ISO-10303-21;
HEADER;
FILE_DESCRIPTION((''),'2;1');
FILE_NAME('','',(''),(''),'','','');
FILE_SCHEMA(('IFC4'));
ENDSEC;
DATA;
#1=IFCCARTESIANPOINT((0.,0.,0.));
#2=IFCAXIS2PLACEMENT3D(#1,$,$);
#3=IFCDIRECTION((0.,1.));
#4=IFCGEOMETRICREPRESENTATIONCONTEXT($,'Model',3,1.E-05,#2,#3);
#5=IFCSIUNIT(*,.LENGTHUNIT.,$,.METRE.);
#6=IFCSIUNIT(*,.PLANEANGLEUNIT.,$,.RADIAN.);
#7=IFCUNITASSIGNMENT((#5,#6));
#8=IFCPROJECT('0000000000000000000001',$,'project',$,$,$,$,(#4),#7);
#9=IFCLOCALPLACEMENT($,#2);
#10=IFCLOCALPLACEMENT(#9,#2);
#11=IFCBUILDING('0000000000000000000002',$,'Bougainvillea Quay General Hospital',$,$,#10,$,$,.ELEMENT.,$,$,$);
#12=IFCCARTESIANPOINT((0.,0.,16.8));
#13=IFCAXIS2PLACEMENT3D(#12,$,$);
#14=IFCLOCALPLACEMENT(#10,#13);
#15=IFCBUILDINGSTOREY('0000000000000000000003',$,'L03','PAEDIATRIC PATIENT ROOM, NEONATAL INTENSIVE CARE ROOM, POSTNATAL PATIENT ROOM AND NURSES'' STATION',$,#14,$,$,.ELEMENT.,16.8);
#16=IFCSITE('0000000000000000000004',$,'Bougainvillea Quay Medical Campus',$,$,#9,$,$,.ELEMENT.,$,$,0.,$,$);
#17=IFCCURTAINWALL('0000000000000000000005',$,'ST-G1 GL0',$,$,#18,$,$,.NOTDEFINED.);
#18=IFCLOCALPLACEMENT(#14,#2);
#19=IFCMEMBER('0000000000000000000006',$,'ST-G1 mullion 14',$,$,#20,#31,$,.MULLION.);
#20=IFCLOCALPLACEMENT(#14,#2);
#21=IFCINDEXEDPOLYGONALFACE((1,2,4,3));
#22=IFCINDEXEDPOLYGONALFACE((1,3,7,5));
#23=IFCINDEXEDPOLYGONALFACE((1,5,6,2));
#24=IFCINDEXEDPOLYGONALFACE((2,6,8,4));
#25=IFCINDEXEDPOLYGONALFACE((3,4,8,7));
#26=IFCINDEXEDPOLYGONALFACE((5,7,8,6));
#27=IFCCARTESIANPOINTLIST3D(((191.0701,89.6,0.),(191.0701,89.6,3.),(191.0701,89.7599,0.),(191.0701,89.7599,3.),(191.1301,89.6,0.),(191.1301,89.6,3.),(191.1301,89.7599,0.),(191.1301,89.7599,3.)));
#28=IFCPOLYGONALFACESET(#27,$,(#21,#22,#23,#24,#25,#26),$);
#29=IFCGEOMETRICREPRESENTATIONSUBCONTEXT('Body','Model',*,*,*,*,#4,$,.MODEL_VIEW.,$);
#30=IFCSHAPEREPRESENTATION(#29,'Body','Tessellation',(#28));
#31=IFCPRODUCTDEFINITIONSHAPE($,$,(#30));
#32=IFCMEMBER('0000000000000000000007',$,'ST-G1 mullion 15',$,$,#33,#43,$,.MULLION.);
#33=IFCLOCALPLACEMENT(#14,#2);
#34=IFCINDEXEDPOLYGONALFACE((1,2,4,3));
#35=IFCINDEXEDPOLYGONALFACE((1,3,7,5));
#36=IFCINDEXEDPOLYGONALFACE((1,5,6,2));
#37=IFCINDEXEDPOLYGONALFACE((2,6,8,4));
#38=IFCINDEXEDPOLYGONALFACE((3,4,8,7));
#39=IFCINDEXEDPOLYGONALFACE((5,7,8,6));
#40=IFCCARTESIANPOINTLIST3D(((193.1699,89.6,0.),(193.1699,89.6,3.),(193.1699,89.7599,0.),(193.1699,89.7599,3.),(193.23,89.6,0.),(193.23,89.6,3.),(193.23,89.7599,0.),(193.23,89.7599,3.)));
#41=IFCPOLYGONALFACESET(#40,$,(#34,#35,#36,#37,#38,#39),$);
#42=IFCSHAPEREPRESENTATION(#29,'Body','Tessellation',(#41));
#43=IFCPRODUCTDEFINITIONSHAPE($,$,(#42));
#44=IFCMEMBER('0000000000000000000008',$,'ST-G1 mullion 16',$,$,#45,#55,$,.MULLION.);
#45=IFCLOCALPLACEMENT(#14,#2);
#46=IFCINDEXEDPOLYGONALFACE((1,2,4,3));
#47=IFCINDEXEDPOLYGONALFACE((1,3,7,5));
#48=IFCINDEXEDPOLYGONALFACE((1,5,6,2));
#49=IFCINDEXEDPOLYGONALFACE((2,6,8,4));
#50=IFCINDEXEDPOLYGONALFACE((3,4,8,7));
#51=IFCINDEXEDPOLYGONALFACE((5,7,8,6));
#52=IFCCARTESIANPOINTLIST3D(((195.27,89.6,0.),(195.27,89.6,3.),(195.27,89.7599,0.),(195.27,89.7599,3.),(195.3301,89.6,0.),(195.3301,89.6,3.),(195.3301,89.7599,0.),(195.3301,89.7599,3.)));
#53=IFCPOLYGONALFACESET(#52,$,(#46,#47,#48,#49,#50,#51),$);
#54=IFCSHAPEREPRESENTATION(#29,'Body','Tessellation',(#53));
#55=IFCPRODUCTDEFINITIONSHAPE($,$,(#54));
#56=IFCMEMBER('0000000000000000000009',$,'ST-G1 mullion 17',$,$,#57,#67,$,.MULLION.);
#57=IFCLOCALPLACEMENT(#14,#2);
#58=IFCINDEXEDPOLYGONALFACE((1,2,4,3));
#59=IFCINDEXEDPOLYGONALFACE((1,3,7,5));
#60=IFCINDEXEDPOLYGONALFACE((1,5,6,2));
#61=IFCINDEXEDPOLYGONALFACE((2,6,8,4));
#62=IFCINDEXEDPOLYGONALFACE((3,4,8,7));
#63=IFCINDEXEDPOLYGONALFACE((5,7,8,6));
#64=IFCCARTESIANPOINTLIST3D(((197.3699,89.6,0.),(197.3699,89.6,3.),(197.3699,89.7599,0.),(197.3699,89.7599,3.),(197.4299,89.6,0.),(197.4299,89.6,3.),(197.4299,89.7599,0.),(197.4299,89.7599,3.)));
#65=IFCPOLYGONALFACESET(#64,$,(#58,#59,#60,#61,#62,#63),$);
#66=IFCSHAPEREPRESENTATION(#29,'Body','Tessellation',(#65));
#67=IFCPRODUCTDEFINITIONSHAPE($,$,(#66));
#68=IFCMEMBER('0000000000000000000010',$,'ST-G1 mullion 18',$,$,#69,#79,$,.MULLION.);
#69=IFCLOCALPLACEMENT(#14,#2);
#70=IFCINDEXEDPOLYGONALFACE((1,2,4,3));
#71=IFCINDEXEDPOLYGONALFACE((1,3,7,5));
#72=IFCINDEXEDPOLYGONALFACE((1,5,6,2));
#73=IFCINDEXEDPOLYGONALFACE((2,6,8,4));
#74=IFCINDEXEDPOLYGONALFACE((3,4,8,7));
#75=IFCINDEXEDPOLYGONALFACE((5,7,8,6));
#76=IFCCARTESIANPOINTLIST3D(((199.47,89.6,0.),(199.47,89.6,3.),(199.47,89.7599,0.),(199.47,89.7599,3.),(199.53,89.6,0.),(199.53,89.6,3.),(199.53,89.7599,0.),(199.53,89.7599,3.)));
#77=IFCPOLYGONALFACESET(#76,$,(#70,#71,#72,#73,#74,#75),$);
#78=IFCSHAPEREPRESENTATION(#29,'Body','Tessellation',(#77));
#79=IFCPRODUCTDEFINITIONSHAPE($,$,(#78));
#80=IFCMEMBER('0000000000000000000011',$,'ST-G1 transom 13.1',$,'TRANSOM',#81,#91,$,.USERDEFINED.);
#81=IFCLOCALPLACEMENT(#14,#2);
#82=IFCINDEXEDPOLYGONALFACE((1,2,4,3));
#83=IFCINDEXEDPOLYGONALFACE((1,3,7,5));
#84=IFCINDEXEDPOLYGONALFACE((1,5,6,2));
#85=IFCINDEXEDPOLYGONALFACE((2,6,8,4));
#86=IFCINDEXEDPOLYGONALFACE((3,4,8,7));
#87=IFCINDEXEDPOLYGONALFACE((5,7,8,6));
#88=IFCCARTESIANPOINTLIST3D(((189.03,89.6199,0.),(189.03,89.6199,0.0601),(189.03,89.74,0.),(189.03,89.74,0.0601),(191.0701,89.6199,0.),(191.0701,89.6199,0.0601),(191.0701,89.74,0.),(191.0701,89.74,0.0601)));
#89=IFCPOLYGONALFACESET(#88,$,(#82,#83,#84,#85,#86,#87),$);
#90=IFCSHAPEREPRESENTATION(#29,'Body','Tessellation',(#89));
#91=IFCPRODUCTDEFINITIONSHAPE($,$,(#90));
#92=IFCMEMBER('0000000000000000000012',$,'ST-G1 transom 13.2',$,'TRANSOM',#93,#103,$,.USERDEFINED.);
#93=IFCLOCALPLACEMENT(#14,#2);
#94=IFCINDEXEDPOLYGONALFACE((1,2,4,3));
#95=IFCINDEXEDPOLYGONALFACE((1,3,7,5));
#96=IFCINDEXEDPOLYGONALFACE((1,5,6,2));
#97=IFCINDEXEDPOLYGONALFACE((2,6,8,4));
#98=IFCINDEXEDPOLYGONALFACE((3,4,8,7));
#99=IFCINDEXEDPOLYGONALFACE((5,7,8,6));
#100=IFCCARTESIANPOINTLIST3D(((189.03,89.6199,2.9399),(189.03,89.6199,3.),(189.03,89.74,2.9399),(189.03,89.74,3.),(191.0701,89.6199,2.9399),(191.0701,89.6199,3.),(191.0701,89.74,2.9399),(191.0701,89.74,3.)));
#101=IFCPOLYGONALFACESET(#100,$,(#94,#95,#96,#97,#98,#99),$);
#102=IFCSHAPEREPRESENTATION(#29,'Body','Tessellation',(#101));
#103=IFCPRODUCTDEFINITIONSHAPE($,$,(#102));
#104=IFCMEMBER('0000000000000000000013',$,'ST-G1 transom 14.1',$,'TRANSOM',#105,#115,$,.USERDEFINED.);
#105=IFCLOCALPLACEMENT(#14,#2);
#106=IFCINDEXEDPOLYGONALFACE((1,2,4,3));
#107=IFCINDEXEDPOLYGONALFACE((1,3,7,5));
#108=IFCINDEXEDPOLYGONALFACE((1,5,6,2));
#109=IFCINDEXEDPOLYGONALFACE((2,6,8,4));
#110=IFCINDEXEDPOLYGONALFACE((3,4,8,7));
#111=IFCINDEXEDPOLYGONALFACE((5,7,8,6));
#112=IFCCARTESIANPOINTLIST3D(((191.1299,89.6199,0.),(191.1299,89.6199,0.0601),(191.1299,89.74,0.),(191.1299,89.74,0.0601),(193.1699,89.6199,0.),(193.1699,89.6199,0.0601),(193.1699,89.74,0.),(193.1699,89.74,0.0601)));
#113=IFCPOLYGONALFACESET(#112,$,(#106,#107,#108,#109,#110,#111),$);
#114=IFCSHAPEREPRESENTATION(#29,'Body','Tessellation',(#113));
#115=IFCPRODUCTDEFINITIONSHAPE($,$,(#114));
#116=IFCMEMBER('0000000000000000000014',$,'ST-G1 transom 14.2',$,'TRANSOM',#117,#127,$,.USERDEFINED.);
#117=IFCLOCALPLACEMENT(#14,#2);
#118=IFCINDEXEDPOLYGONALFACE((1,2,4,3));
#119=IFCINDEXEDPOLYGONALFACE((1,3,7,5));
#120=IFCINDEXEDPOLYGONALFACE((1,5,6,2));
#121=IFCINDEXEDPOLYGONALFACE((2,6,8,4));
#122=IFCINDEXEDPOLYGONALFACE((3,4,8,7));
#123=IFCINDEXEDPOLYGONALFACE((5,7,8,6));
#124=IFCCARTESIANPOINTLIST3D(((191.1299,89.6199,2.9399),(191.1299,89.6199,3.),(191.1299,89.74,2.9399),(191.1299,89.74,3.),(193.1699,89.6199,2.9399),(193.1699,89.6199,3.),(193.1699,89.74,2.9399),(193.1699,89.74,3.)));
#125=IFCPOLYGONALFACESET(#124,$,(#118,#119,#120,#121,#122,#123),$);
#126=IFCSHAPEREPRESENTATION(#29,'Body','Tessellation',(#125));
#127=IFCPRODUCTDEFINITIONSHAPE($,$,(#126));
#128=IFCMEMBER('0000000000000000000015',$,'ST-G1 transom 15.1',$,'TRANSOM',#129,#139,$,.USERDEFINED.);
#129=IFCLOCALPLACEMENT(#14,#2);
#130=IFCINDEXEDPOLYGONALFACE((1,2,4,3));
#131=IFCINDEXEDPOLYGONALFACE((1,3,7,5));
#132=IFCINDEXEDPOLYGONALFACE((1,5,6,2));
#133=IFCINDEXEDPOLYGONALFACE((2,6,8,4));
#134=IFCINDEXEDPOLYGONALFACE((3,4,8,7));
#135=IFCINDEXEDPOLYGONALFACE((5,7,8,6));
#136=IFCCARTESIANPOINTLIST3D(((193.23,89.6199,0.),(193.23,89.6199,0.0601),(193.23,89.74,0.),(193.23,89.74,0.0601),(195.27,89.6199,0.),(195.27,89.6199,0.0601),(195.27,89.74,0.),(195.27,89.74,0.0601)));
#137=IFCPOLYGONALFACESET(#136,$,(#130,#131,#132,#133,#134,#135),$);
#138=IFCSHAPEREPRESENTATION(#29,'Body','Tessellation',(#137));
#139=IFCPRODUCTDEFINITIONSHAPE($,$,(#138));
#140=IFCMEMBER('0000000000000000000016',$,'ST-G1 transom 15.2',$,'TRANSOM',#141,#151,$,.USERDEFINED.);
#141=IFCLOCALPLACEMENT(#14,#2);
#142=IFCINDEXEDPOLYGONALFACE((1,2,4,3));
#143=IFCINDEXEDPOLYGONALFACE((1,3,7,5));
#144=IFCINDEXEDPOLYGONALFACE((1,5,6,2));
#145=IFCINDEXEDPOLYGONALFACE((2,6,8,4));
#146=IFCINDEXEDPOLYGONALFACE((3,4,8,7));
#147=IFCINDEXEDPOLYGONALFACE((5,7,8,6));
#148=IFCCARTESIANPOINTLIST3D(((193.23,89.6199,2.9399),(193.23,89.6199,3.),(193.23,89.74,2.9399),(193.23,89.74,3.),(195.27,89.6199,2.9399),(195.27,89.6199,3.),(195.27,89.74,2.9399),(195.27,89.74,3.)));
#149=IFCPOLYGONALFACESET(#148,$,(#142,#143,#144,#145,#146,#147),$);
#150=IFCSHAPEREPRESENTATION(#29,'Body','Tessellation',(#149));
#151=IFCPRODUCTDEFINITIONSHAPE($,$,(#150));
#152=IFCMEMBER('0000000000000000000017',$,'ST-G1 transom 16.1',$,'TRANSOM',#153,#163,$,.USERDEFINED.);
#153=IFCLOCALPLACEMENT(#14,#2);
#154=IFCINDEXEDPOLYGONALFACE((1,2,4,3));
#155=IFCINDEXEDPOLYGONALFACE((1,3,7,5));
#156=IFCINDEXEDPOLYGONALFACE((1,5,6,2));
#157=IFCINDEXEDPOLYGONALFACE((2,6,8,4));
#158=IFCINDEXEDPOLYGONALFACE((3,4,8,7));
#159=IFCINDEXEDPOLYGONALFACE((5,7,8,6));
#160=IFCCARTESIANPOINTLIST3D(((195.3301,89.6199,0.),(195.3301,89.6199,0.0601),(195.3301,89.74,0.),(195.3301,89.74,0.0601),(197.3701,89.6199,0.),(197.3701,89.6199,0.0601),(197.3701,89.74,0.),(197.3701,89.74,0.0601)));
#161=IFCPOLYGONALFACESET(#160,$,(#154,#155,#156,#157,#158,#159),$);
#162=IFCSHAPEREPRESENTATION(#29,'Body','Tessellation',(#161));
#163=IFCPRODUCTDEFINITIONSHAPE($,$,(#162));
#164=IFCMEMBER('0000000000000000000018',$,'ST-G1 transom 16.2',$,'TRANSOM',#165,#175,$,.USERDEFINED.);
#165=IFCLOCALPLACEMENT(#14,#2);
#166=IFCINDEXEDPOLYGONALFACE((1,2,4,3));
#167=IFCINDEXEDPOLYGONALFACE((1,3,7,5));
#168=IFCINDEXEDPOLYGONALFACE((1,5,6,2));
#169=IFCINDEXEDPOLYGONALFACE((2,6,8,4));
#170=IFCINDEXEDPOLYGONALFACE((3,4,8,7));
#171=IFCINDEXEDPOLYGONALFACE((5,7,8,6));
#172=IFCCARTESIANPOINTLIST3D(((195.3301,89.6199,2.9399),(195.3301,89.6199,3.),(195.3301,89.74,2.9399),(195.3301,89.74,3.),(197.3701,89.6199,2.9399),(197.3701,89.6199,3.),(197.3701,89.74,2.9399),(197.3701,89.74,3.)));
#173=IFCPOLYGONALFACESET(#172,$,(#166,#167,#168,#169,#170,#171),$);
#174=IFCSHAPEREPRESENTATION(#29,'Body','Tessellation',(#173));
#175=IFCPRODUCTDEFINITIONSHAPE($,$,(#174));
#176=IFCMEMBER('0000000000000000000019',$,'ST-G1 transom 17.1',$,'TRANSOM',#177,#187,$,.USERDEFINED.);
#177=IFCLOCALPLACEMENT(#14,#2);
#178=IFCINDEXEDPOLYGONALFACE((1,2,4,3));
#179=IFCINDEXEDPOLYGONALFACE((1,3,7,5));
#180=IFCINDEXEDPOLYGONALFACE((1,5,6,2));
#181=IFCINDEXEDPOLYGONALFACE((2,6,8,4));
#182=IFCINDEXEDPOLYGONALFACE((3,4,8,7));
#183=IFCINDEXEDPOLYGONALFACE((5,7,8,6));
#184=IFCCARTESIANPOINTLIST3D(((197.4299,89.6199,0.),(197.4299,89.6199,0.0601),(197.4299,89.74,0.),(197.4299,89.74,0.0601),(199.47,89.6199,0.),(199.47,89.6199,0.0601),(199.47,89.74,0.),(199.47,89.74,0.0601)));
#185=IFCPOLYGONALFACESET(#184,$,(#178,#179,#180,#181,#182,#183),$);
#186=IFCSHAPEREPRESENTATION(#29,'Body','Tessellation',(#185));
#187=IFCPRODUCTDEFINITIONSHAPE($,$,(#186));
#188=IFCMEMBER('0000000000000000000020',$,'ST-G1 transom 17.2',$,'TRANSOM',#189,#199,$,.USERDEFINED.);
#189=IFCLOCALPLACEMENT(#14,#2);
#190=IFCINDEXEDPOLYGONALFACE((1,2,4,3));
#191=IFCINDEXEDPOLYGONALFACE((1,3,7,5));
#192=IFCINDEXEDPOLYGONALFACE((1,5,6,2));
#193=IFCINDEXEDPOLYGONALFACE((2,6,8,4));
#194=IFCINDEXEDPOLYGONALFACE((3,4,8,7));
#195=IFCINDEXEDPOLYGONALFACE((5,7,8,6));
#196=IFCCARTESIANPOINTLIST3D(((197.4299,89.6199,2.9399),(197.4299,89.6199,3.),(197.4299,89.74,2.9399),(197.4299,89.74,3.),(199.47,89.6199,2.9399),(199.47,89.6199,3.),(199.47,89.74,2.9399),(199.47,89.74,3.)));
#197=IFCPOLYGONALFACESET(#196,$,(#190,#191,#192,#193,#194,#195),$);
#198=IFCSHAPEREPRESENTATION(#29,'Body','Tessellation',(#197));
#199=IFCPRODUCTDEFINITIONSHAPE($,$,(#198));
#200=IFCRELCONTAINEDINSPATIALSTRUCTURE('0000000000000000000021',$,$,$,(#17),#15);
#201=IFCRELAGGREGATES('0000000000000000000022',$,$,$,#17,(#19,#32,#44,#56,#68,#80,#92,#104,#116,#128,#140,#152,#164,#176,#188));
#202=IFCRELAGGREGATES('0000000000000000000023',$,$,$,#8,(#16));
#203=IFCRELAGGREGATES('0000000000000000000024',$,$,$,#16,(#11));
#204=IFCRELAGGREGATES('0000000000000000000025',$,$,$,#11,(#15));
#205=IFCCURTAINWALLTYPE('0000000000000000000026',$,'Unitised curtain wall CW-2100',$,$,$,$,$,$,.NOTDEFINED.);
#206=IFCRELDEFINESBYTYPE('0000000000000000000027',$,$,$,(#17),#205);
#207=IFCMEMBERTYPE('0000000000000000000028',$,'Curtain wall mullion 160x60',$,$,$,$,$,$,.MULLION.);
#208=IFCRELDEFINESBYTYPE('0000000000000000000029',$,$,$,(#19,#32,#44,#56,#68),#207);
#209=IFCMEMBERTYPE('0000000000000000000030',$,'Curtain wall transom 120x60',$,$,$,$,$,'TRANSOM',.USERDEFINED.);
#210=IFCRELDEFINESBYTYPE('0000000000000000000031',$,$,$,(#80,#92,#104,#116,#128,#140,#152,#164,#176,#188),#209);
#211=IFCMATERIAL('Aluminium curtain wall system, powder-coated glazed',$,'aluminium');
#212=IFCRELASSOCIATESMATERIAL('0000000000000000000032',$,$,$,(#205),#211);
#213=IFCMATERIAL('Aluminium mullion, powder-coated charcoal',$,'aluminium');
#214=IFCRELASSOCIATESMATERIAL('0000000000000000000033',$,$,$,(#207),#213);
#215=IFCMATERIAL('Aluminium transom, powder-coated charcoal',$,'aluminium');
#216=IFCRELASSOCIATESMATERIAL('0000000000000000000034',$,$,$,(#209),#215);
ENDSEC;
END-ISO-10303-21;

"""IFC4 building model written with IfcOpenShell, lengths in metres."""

from ifc_helpers import new_model, si_unit, direction, frame, origin, origin_2d, place, context, subcontext, project, spatial, rectangle, extrude, material, material_profile, profile_set, type_object, element, aggregate, save


model = new_model("IFC4")

# Units and contexts
model_context = context("Model", 3, precision=1e-05, world=origin(), true_north=direction((0.0, 1.0)))
body_context = subcontext(model_context, "Body", "Model", "MODEL_VIEW")
ifc_project = project(units=[si_unit("LENGTHUNIT", "METRE"), si_unit("PLANEANGLEUNIT", "RADIAN")], contexts=[model_context])

# Site, building, storey
site_placement = place(None, origin())
site = spatial("IfcSite", under=ifc_project, at=site_placement, Name="Bougainvillea Quay Medical Campus", CompositionType="ELEMENT", RefElevation=0.0)
building_placement = place(site_placement, origin())
building = spatial("IfcBuilding", under=site, at=building_placement, Name="Bougainvillea Quay General Hospital", CompositionType="ELEMENT")
storey_placement = place(building_placement, frame((0.0, 0.0, 16.8)))
storey = spatial("IfcBuildingStorey", under=building, at=storey_placement, Name="L03", Description="PAEDIATRIC PATIENT ROOM, NEONATAL INTENSIVE CARE ROOM, POSTNATAL PATIENT ROOM AND NURSES' STATION", CompositionType="ELEMENT", Elevation=16.8)

# Curtain wall, members
ifc_material_1 = material(Name="Aluminium curtain wall system, powder-coated glazed", Category="aluminium")
curtain_wall_type = type_object("IfcCurtainWallType", Name="Unitised curtain wall CW-2100", PredefinedType="NOTDEFINED", material=ifc_material_1)
curtain_wall_placement = place(storey_placement, origin())
curtain_wall = element("IfcCurtainWall", 1, at=curtain_wall_placement, inside=storey, type_object=curtain_wall_type, Name="ST-G1 GL0", PredefinedType="NOTDEFINED")
ifc_material_2 = material(Name="Aluminium mullion, powder-coated charcoal", Category="aluminium")
ifc_material_profile_1 = material_profile(ifc_material_2, rectangle(XDim=0.1599, YDim=0.0601, at=origin_2d()))
ifc_profile_set_1 = profile_set([ifc_material_profile_1], Name="Aluminium mullion, powder-coated charcoal")
member_type_1 = type_object("IfcMemberType", Name="Curtain wall mullion 160x60", PredefinedType="MULLION", material=ifc_profile_set_1)
member_1_placement = place(storey_placement, frame((191.1001, 89.6799, 0.0), z_axis=(0.0, 0.0, 1.0), x_axis=(0.0, 1.0, 0.0)))
member_1 = element("IfcMember", 2, at=member_1_placement, type_object=member_type_1, Name="ST-G1 mullion 14", PredefinedType="MULLION", context=body_context, shape_type="SweptSolid", body=[
    extrude(rectangle(XDim=0.1599, YDim=0.0601, at=origin_2d()), origin(), (0.0, 0.0, 1.0), 3.0),
])
member_2_placement = place(storey_placement, frame((193.2, 89.6799, 0.0), z_axis=(0.0, 0.0, 1.0), x_axis=(0.0, 1.0, 0.0)))
member_2 = element("IfcMember", 3, at=member_2_placement, type_object=member_type_1, Name="ST-G1 mullion 15", PredefinedType="MULLION", context=body_context, shape_type="SweptSolid", body=[
    extrude(rectangle(XDim=0.1599, YDim=0.0601, at=origin_2d()), origin(), (0.0, 0.0, 1.0), 3.0),
])
member_3_placement = place(storey_placement, frame((195.3, 89.6799, 0.0), z_axis=(0.0, 0.0, 1.0), x_axis=(0.0, 1.0, 0.0)))
member_3 = element("IfcMember", 4, at=member_3_placement, type_object=member_type_1, Name="ST-G1 mullion 16", PredefinedType="MULLION", context=body_context, shape_type="SweptSolid", body=[
    extrude(rectangle(XDim=0.1599, YDim=0.0601, at=origin_2d()), origin(), (0.0, 0.0, 1.0), 3.0),
])
member_4_placement = place(storey_placement, frame((197.3999, 89.6799, 0.0), z_axis=(0.0, 0.0, 1.0), x_axis=(0.0, 1.0, 0.0)))
member_4 = element("IfcMember", 5, at=member_4_placement, type_object=member_type_1, Name="ST-G1 mullion 17", PredefinedType="MULLION", context=body_context, shape_type="SweptSolid", body=[
    extrude(rectangle(XDim=0.1599, YDim=0.0601, at=origin_2d()), origin(), (0.0, 0.0, 1.0), 3.0),
])
member_5_placement = place(storey_placement, frame((199.5, 89.6799, 0.0), z_axis=(0.0, 0.0, 1.0), x_axis=(0.0, 1.0, 0.0)))
member_5 = element("IfcMember", 6, at=member_5_placement, type_object=member_type_1, Name="ST-G1 mullion 18", PredefinedType="MULLION", context=body_context, shape_type="SweptSolid", body=[
    extrude(rectangle(XDim=0.1599, YDim=0.0601, at=origin_2d()), origin(), (0.0, 0.0, 1.0), 3.0),
])
ifc_material_3 = material(Name="Aluminium transom, powder-coated charcoal", Category="aluminium")
ifc_material_profile_2 = material_profile(ifc_material_3, rectangle(XDim=0.1201, YDim=0.0601, at=origin_2d()))
ifc_profile_set_2 = profile_set([ifc_material_profile_2], Name="Aluminium transom, powder-coated charcoal")
member_type_2 = type_object("IfcMemberType", Name="Curtain wall transom 120x60", ElementType="TRANSOM", PredefinedType="USERDEFINED", material=ifc_profile_set_2)
member_6_placement = place(storey_placement, frame((189.03, 89.6799, 0.03), z_axis=(1.0, 0.0, 0.0), x_axis=(0.0, 1.0, 0.0)))
member_6 = element("IfcMember", 7, at=member_6_placement, type_object=member_type_2, Name="ST-G1 transom 13.1", ObjectType="TRANSOM", PredefinedType="USERDEFINED", context=body_context, shape_type="SweptSolid", body=[
    extrude(rectangle(XDim=0.1201, YDim=0.0601, at=origin_2d()), origin(), (0.0, 0.0, 1.0), 2.04),
])
member_7_placement = place(storey_placement, frame((189.03, 89.6799, 2.97), z_axis=(1.0, 0.0, 0.0), x_axis=(0.0, 1.0, 0.0)))
member_7 = element("IfcMember", 8, at=member_7_placement, type_object=member_type_2, Name="ST-G1 transom 13.2", ObjectType="TRANSOM", PredefinedType="USERDEFINED", context=body_context, shape_type="SweptSolid", body=[
    extrude(rectangle(XDim=0.1201, YDim=0.0601, at=origin_2d()), origin(), (0.0, 0.0, 1.0), 2.04),
])
member_8_placement = place(storey_placement, frame((191.1299, 89.6799, 0.03), z_axis=(1.0, 0.0, 0.0), x_axis=(0.0, 1.0, 0.0)))
member_8 = element("IfcMember", 9, at=member_8_placement, type_object=member_type_2, Name="ST-G1 transom 14.1", ObjectType="TRANSOM", PredefinedType="USERDEFINED", context=body_context, shape_type="SweptSolid", body=[
    extrude(rectangle(XDim=0.1201, YDim=0.0601, at=origin_2d()), origin(), (0.0, 0.0, 1.0), 2.04),
])
member_9_placement = place(storey_placement, frame((191.1299, 89.6799, 2.97), z_axis=(1.0, 0.0, 0.0), x_axis=(0.0, 1.0, 0.0)))
member_9 = element("IfcMember", 10, at=member_9_placement, type_object=member_type_2, Name="ST-G1 transom 14.2", ObjectType="TRANSOM", PredefinedType="USERDEFINED", context=body_context, shape_type="SweptSolid", body=[
    extrude(rectangle(XDim=0.1201, YDim=0.0601, at=origin_2d()), origin(), (0.0, 0.0, 1.0), 2.04),
])
member_10_placement = place(storey_placement, frame((193.23, 89.6799, 0.03), z_axis=(1.0, 0.0, 0.0), x_axis=(0.0, 1.0, 0.0)))
member_10 = element("IfcMember", 11, at=member_10_placement, type_object=member_type_2, Name="ST-G1 transom 15.1", ObjectType="TRANSOM", PredefinedType="USERDEFINED", context=body_context, shape_type="SweptSolid", body=[
    extrude(rectangle(XDim=0.1201, YDim=0.0601, at=origin_2d()), origin(), (0.0, 0.0, 1.0), 2.04),
])
member_11_placement = place(storey_placement, frame((193.23, 89.6799, 2.97), z_axis=(1.0, 0.0, 0.0), x_axis=(0.0, 1.0, 0.0)))
member_11 = element("IfcMember", 12, at=member_11_placement, type_object=member_type_2, Name="ST-G1 transom 15.2", ObjectType="TRANSOM", PredefinedType="USERDEFINED", context=body_context, shape_type="SweptSolid", body=[
    extrude(rectangle(XDim=0.1201, YDim=0.0601, at=origin_2d()), origin(), (0.0, 0.0, 1.0), 2.04),
])
member_12_placement = place(storey_placement, frame((195.3301, 89.6799, 0.03), z_axis=(1.0, 0.0, 0.0), x_axis=(0.0, 1.0, 0.0)))
member_12 = element("IfcMember", 13, at=member_12_placement, type_object=member_type_2, Name="ST-G1 transom 16.1", ObjectType="TRANSOM", PredefinedType="USERDEFINED", context=body_context, shape_type="SweptSolid", body=[
    extrude(rectangle(XDim=0.1201, YDim=0.0601, at=origin_2d()), origin(), (0.0, 0.0, 1.0), 2.04),
])
member_13_placement = place(storey_placement, frame((195.3301, 89.6799, 2.97), z_axis=(1.0, 0.0, 0.0), x_axis=(0.0, 1.0, 0.0)))
member_13 = element("IfcMember", 14, at=member_13_placement, type_object=member_type_2, Name="ST-G1 transom 16.2", ObjectType="TRANSOM", PredefinedType="USERDEFINED", context=body_context, shape_type="SweptSolid", body=[
    extrude(rectangle(XDim=0.1201, YDim=0.0601, at=origin_2d()), origin(), (0.0, 0.0, 1.0), 2.04),
])
member_14_placement = place(storey_placement, frame((197.4299, 89.6799, 0.03), z_axis=(1.0, 0.0, 0.0), x_axis=(0.0, 1.0, 0.0)))
member_14 = element("IfcMember", 15, at=member_14_placement, type_object=member_type_2, Name="ST-G1 transom 17.1", ObjectType="TRANSOM", PredefinedType="USERDEFINED", context=body_context, shape_type="SweptSolid", body=[
    extrude(rectangle(XDim=0.1201, YDim=0.0601, at=origin_2d()), origin(), (0.0, 0.0, 1.0), 2.04),
])
member_15_placement = place(storey_placement, frame((197.4299, 89.6799, 2.97), z_axis=(1.0, 0.0, 0.0), x_axis=(0.0, 1.0, 0.0)))
member_15 = element("IfcMember", 16, at=member_15_placement, type_object=member_type_2, Name="ST-G1 transom 17.2", ObjectType="TRANSOM", PredefinedType="USERDEFINED", context=body_context, shape_type="SweptSolid", body=[
    extrude(rectangle(XDim=0.1201, YDim=0.0601, at=origin_2d()), origin(), (0.0, 0.0, 1.0), 2.04),
])
aggregate(curtain_wall, [member_1, member_2, member_3, member_4, member_5, member_6, member_7, member_8, member_9, member_10, member_11, member_12, member_13, member_14, member_15])

save(model, "model.ifc")
